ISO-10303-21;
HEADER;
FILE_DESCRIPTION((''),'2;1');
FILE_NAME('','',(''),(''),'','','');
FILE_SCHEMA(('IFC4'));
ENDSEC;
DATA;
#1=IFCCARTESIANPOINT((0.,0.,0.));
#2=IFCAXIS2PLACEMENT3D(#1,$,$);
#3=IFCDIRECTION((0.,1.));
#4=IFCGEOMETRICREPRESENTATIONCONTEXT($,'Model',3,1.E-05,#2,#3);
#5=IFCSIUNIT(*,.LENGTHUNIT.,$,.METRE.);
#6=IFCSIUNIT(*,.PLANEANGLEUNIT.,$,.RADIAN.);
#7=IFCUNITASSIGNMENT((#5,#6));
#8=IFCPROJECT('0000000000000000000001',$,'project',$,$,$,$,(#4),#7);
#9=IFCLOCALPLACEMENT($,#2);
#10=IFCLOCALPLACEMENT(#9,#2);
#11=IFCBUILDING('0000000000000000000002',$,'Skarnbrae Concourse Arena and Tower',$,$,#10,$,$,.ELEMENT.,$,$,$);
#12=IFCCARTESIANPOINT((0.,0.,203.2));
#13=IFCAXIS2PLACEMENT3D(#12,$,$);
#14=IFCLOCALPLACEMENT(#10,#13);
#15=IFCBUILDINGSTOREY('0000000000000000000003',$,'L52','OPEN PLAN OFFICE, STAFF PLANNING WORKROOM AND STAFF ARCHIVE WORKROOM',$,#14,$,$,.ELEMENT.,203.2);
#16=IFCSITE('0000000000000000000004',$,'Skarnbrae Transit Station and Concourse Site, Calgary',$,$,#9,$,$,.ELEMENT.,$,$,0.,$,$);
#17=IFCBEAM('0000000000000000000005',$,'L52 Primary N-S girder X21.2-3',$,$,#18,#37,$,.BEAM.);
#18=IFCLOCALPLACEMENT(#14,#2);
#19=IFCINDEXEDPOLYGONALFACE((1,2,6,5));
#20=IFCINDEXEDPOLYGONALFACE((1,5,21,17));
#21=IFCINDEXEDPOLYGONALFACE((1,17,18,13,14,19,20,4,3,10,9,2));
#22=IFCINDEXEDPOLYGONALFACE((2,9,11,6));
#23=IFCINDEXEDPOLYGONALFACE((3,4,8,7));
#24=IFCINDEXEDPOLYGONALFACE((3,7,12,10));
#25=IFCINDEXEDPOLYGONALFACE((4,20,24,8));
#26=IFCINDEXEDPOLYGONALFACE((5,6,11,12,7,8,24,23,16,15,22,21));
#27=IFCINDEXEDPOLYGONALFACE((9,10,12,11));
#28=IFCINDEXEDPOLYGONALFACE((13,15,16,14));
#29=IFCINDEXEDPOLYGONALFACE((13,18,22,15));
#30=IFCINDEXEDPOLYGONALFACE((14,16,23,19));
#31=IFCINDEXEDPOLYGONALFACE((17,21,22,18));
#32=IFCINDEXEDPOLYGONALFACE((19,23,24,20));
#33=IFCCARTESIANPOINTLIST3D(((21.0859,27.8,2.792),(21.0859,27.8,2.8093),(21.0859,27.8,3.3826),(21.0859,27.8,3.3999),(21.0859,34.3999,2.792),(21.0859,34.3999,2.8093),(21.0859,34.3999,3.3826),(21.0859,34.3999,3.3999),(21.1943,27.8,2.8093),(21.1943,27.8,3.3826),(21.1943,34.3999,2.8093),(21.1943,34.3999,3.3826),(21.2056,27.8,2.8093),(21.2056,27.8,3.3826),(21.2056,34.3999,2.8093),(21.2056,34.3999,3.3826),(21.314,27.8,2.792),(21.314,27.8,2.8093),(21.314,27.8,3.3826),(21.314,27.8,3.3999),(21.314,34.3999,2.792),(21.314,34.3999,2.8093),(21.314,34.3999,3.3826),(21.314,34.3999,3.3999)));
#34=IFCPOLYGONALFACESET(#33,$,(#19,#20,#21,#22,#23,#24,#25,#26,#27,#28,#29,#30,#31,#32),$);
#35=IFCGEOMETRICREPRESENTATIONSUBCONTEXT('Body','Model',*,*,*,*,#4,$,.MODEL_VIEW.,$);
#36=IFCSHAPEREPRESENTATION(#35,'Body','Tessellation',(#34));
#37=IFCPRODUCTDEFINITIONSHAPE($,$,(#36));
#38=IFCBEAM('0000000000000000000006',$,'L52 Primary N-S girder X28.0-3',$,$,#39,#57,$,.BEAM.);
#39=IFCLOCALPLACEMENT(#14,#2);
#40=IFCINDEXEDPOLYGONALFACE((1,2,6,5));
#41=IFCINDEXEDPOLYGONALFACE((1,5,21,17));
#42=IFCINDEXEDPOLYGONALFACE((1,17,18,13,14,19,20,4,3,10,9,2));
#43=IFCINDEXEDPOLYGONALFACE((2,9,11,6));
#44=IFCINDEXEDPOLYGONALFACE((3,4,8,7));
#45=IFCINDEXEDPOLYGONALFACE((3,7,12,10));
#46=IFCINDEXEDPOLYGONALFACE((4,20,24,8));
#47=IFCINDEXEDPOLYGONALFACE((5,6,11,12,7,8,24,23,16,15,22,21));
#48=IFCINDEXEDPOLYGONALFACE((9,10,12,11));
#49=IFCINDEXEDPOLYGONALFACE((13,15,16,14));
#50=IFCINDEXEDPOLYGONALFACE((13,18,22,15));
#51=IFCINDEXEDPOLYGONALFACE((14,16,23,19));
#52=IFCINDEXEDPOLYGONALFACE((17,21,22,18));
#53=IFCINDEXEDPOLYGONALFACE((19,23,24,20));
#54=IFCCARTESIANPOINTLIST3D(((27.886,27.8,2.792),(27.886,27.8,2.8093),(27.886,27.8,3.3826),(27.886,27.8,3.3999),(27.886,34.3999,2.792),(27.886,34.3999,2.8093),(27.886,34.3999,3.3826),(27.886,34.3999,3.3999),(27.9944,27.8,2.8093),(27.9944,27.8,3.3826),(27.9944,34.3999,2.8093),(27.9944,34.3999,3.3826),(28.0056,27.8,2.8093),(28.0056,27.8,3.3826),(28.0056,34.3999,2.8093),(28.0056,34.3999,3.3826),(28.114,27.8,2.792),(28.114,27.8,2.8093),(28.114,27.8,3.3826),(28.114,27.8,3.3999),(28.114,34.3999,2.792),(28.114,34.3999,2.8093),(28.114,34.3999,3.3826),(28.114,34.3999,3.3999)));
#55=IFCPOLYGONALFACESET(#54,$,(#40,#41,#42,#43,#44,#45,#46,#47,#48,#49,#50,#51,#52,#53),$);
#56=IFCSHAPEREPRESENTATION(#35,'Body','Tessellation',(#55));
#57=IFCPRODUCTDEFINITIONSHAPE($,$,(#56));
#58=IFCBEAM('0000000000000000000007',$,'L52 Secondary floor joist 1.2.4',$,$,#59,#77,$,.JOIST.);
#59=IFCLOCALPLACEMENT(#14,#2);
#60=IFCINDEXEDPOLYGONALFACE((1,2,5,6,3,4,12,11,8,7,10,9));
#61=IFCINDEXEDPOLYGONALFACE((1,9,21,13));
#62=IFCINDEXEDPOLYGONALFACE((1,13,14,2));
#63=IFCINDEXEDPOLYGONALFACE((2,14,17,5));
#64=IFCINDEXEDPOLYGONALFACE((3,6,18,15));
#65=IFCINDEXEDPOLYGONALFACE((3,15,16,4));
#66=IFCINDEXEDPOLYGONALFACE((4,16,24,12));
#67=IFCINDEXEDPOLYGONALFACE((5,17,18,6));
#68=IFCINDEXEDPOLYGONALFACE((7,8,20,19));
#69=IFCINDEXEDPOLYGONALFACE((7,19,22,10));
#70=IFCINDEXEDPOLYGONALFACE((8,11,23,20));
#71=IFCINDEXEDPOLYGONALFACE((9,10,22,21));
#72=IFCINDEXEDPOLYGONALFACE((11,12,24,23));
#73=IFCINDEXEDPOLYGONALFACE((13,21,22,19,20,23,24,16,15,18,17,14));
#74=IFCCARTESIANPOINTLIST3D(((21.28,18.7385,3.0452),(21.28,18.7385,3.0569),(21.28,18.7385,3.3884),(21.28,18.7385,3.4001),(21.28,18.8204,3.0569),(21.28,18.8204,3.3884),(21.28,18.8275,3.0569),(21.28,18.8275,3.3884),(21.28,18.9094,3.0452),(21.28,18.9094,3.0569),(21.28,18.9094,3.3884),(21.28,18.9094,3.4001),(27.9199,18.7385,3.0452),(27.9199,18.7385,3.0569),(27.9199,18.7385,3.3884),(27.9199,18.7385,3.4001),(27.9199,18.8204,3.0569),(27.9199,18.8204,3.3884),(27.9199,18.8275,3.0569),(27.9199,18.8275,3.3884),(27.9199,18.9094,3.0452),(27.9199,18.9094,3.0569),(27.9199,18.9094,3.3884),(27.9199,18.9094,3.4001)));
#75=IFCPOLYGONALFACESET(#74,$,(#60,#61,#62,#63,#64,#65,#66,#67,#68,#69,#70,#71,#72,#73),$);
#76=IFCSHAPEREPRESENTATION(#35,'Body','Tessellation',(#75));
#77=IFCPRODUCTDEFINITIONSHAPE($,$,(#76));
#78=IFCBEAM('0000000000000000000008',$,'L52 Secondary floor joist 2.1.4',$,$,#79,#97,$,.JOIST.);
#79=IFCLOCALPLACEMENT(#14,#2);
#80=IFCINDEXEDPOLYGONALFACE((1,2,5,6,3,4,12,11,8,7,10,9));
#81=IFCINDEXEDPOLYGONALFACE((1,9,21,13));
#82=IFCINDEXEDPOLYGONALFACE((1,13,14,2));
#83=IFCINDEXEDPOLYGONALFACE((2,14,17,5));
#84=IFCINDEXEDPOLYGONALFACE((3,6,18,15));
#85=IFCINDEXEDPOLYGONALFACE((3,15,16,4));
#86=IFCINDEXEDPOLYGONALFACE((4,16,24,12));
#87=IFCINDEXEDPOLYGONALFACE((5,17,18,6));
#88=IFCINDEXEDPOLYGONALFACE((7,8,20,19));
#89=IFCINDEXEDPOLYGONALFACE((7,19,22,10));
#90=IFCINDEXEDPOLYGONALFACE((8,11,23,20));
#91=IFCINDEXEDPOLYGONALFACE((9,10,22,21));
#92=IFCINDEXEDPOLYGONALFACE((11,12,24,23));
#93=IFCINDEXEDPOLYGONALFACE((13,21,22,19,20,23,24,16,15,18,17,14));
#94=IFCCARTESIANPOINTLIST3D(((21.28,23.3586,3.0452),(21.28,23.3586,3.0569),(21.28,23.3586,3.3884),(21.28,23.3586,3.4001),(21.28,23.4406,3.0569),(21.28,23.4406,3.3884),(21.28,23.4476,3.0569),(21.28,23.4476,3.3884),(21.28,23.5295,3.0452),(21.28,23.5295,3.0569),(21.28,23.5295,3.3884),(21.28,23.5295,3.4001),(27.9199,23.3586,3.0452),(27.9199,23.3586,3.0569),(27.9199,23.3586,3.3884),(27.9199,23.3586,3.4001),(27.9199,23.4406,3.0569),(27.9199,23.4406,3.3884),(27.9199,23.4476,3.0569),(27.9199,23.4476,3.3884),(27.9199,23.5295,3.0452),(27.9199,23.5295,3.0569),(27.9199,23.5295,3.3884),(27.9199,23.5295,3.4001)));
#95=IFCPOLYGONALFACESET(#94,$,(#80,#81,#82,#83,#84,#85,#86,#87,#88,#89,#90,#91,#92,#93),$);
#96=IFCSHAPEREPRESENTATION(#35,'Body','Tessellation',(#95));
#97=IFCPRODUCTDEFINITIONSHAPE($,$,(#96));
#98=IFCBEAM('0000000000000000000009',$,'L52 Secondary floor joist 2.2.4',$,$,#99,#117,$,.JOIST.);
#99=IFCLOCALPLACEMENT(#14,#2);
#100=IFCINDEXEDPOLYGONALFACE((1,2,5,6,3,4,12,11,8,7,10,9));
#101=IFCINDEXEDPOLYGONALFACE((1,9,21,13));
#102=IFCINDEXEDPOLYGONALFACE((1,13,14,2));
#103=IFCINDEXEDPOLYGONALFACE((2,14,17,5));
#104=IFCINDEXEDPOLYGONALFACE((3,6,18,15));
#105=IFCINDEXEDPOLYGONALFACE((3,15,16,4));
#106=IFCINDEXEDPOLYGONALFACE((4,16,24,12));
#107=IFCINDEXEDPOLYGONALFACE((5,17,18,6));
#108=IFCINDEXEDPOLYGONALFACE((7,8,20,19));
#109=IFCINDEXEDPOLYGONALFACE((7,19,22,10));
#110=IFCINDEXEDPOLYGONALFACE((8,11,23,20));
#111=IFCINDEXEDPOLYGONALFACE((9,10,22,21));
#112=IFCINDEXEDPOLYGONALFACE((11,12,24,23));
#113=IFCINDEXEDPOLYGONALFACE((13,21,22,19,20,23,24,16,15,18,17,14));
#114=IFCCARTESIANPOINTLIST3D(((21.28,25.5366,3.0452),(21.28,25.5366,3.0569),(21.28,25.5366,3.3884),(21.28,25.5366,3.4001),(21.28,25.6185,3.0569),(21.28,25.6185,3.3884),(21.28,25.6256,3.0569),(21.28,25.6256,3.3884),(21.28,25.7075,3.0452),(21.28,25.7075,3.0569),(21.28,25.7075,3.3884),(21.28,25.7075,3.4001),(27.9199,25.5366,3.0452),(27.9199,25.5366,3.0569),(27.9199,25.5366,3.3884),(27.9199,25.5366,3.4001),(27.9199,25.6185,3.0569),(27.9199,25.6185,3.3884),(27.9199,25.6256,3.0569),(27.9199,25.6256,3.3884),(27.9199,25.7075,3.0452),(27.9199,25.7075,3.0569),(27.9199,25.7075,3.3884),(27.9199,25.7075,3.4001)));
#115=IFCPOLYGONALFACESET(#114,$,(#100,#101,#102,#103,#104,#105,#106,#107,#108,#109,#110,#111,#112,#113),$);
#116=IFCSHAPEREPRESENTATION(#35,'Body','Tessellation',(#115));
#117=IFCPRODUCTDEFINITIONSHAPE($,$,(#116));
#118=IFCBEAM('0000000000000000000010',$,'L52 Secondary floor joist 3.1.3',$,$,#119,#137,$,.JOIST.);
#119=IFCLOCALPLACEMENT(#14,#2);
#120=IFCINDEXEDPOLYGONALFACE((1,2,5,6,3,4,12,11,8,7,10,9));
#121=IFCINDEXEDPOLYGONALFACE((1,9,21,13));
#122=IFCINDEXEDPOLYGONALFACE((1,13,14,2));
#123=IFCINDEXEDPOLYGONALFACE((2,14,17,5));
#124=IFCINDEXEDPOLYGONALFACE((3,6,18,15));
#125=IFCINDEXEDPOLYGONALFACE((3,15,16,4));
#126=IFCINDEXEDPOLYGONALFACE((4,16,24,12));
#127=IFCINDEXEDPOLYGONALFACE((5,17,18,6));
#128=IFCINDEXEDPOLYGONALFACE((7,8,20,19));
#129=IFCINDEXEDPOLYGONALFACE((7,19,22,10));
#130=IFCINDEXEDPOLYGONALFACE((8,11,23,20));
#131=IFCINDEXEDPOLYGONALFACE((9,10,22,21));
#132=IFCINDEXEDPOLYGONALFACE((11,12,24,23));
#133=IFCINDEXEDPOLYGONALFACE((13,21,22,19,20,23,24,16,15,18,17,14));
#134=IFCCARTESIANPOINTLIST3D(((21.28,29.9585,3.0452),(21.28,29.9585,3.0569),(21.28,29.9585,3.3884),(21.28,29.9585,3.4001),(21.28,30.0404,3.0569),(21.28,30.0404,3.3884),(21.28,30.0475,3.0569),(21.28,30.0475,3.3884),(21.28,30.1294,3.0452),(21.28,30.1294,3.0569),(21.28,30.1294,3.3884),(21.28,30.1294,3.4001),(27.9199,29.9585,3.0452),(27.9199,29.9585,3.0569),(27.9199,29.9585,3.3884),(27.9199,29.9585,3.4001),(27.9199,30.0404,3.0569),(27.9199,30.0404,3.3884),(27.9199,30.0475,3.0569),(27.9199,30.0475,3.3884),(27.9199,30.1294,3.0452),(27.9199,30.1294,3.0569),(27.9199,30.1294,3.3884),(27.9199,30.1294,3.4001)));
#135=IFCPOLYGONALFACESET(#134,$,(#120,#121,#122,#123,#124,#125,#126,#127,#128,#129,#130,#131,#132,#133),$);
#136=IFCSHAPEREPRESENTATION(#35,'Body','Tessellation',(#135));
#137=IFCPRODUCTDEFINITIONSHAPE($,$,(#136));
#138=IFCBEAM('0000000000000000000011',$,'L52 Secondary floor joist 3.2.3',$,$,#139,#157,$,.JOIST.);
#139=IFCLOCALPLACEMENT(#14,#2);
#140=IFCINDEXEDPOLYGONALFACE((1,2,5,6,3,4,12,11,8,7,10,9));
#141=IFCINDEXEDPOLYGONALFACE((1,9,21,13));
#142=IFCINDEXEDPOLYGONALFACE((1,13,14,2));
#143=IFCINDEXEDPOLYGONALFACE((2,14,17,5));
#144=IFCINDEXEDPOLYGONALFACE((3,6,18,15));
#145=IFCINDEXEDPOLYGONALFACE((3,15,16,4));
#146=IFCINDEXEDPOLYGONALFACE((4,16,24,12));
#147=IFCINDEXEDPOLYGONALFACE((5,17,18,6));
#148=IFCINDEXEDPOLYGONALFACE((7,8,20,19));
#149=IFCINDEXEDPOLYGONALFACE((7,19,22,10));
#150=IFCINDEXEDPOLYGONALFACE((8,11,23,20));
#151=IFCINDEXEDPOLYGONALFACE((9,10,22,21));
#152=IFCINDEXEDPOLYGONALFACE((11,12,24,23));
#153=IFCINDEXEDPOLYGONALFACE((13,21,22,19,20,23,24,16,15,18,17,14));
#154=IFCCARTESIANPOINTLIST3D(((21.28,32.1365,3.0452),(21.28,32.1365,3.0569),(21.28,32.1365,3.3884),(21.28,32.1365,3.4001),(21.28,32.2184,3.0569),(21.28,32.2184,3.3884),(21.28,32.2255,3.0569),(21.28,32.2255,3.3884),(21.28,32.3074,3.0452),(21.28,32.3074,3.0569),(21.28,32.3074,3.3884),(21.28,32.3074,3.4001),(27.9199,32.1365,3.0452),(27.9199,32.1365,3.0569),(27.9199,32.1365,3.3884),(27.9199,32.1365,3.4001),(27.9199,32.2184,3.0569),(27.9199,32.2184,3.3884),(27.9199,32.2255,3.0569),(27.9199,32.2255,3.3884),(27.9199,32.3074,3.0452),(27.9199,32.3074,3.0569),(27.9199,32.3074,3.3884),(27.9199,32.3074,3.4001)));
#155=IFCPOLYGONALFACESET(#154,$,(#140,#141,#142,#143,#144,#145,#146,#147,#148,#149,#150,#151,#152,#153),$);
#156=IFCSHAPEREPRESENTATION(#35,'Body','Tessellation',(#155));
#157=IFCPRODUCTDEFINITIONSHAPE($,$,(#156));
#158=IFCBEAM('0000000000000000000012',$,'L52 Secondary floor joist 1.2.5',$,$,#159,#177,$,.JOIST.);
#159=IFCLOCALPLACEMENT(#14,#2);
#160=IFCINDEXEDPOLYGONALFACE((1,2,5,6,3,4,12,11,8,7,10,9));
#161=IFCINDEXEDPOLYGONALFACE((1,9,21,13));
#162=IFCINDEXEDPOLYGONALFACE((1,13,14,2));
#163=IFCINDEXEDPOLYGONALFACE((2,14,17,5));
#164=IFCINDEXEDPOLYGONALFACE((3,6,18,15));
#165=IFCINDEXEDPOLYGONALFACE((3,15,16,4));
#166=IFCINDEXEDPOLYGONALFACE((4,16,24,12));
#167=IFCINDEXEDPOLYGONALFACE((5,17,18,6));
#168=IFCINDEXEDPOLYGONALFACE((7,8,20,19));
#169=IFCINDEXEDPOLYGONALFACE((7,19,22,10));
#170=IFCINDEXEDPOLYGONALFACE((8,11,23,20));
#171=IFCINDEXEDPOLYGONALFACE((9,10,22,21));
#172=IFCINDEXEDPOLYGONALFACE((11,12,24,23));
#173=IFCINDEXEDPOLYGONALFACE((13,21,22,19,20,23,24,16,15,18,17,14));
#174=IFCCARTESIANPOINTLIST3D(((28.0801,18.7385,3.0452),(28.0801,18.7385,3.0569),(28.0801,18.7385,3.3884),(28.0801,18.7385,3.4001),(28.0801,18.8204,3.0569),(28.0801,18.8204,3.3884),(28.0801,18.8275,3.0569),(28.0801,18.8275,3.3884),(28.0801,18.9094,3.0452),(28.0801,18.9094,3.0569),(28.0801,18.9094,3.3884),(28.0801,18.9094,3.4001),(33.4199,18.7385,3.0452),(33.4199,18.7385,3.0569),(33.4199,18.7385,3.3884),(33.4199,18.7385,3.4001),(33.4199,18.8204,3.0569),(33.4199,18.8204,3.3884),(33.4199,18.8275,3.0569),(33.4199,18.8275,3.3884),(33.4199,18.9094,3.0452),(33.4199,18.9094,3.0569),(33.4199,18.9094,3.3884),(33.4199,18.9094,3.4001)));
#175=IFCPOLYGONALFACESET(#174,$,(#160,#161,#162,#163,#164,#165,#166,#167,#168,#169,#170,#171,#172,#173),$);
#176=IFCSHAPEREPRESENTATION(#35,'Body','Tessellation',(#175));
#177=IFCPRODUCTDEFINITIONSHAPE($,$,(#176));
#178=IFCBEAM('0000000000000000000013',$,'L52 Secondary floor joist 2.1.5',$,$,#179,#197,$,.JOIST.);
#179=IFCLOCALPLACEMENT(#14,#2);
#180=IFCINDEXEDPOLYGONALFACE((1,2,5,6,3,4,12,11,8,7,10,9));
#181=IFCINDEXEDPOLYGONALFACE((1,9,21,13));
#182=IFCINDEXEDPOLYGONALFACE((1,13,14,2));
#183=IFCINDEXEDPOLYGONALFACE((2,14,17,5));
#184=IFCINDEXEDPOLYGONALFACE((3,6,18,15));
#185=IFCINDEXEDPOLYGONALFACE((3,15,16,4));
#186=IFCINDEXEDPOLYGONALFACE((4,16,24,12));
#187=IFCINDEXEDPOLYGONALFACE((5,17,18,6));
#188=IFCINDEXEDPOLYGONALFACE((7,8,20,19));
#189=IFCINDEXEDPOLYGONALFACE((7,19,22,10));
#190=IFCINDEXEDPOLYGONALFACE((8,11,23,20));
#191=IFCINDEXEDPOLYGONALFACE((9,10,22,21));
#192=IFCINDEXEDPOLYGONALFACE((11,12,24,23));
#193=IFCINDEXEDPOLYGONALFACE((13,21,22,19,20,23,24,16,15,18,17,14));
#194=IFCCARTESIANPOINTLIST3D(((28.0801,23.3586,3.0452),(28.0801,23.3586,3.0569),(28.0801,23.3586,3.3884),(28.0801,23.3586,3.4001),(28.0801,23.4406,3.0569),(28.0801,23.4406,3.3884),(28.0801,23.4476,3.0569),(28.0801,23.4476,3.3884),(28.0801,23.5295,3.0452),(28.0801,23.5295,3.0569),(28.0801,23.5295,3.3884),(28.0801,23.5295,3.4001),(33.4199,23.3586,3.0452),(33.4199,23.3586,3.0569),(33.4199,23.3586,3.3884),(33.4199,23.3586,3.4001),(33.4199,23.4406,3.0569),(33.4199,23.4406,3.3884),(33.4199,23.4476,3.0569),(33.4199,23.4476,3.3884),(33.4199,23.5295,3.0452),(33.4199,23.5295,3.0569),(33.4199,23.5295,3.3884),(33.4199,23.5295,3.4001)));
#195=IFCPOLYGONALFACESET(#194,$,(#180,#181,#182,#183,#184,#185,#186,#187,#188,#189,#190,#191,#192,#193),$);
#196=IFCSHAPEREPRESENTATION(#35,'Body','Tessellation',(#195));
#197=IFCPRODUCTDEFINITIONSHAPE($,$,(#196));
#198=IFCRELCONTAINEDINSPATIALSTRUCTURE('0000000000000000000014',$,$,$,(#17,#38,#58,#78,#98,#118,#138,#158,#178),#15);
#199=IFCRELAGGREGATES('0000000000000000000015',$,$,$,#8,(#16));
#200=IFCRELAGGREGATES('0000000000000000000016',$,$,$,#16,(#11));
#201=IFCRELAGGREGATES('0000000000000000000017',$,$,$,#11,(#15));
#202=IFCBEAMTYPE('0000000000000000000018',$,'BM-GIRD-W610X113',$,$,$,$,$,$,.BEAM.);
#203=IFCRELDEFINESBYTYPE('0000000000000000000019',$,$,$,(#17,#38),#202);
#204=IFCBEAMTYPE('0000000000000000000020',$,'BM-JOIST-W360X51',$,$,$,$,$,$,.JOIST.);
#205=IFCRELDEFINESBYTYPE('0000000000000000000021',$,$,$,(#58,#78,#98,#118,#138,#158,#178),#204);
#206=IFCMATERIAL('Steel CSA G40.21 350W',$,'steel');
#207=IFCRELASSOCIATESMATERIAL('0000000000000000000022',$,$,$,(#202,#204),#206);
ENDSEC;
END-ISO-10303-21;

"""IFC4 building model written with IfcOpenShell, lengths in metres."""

from ifc_helpers import new_model, si_unit, direction, frame, origin, origin_2d, place, context, subcontext, project, spatial, i_section, extrude, source, transform, mapped, material, material_profile, profile_set, type_object, element, save


model = new_model("IFC4")

# Units and contexts
model_context = context("Model", 3, precision=1e-05, world=origin(), true_north=direction((0.0, 1.0)))
body_context = subcontext(model_context, "Body", "Model", "MODEL_VIEW")
ifc_project = project(units=[si_unit("LENGTHUNIT", "METRE"), si_unit("PLANEANGLEUNIT", "RADIAN")], contexts=[model_context])

# Site, building, storey
site_placement = place(None, origin())
site = spatial("IfcSite", under=ifc_project, at=site_placement, Name="Skarnbrae Transit Station and Concourse Site, Calgary", CompositionType="ELEMENT", RefElevation=0.0)
building_placement = place(site_placement, origin())
building = spatial("IfcBuilding", under=site, at=building_placement, Name="Skarnbrae Concourse Arena and Tower", CompositionType="ELEMENT")
storey_placement = place(building_placement, frame((0.0, 0.0, 203.2)))
storey = spatial("IfcBuildingStorey", under=building, at=storey_placement, Name="L52", Description="OPEN PLAN OFFICE, STAFF PLANNING WORKROOM AND STAFF ARCHIVE WORKROOM", CompositionType="ELEMENT", Elevation=203.2)

# Shared definitions
ifc_material_1 = material(Name="Steel CSA G40.21 350W", Category="steel")

# Beams
ifc_material_profile_1 = material_profile(ifc_material_1, i_section(OverallWidth=0.228, OverallDepth=0.6079, WebThickness=0.0112, FlangeThickness=0.0173, at=origin_2d()), Name="W610X113")
ifc_profile_set_1 = profile_set([ifc_material_profile_1], Name="Steel CSA G40.21 350W")
beam_type_1 = type_object("IfcBeamType", Name="BM-GIRD-W610X113", PredefinedType="BEAM", material=ifc_profile_set_1)
shared_shape_1 = source(origin(), body_context, "Body", "SweptSolid", [
    extrude(i_section(OverallWidth=0.228, OverallDepth=0.6079, WebThickness=0.0112, FlangeThickness=0.0173, at=origin_2d()), origin(), (0.0, 0.0, 1.0), 6.5999),
])
for number, where, z_axis, x_axis, name in (
    (1, (21.2, 27.8, 3.0959), (0.0, 1.0, 0.0), (-1.0, 0.0, 0.0), "L52 Primary N-S girder X21.2-3"),
    (2, (28.0, 27.8, 3.0959), (0.0, 1.0, 0.0), (-1.0, 0.0, 0.0), "L52 Primary N-S girder X28.0-3"),
):
    element("IfcBeam", number, at=place(storey_placement, frame(where, z_axis=z_axis, x_axis=x_axis)), inside=storey, type_object=beam_type_1, Name=name, PredefinedType="BEAM", context=body_context, shape_type="MappedRepresentation", body=[
        mapped(shared_shape_1, transform((0.0, 0.0, 0.0))),
    ])
ifc_material_profile_2 = material_profile(ifc_material_1, i_section(OverallWidth=0.1709, OverallDepth=0.355, WebThickness=0.0071, FlangeThickness=0.0117, at=origin_2d()), Name="W360X51")
ifc_profile_set_2 = profile_set([ifc_material_profile_2], Name="Steel CSA G40.21 350W")
beam_type_2 = type_object("IfcBeamType", Name="BM-JOIST-W360X51", PredefinedType="JOIST", material=ifc_profile_set_2)
shared_shape_2 = source(origin(), body_context, "Body", "SweptSolid", [
    extrude(i_section(OverallWidth=0.1709, OverallDepth=0.355, WebThickness=0.0071, FlangeThickness=0.0117, at=origin_2d()), origin(), (0.0, 0.0, 1.0), 6.6399),
])
for number, where, z_axis, x_axis, name in (
    (3, (21.28, 18.824, 3.2227), (1.0, 0.0, 0.0), (0.0, 1.0, 0.0), "L52 Secondary floor joist 1.2.4"),
    (4, (21.28, 23.4441, 3.2227), (1.0, 0.0, 0.0), (0.0, 1.0, 0.0), "L52 Secondary floor joist 2.1.4"),
    (5, (21.28, 25.6221, 3.2227), (1.0, 0.0, 0.0), (0.0, 1.0, 0.0), "L52 Secondary floor joist 2.2.4"),
    (6, (21.28, 30.0439, 3.2227), (1.0, 0.0, 0.0), (0.0, 1.0, 0.0), "L52 Secondary floor joist 3.1.3"),
    (7, (21.28, 32.2219, 3.2227), (1.0, 0.0, 0.0), (0.0, 1.0, 0.0), "L52 Secondary floor joist 3.2.3"),
):
    element("IfcBeam", number, at=place(storey_placement, frame(where, z_axis=z_axis, x_axis=x_axis)), inside=storey, type_object=beam_type_2, Name=name, PredefinedType="JOIST", context=body_context, shape_type="MappedRepresentation", body=[
        mapped(shared_shape_2, transform((0.0, 0.0, 0.0))),
    ])
shared_shape_3 = source(origin(), body_context, "Body", "SweptSolid", [
    extrude(i_section(OverallWidth=0.1709, OverallDepth=0.355, WebThickness=0.0071, FlangeThickness=0.0117, at=origin_2d()), origin(), (0.0, 0.0, 1.0), 5.3398),
])
for number, where, z_axis, x_axis, name in (
    (8, (28.0801, 18.824, 3.2227), (1.0, 0.0, 0.0), (0.0, 1.0, 0.0), "L52 Secondary floor joist 1.2.5"),
    (9, (28.0801, 23.4441, 3.2227), (1.0, 0.0, 0.0), (0.0, 1.0, 0.0), "L52 Secondary floor joist 2.1.5"),
):
    element("IfcBeam", number, at=place(storey_placement, frame(where, z_axis=z_axis, x_axis=x_axis)), inside=storey, type_object=beam_type_2, Name=name, PredefinedType="JOIST", context=body_context, shape_type="MappedRepresentation", body=[
        mapped(shared_shape_3, transform((0.0, 0.0, 0.0))),
    ])

save(model, "model.ifc")
